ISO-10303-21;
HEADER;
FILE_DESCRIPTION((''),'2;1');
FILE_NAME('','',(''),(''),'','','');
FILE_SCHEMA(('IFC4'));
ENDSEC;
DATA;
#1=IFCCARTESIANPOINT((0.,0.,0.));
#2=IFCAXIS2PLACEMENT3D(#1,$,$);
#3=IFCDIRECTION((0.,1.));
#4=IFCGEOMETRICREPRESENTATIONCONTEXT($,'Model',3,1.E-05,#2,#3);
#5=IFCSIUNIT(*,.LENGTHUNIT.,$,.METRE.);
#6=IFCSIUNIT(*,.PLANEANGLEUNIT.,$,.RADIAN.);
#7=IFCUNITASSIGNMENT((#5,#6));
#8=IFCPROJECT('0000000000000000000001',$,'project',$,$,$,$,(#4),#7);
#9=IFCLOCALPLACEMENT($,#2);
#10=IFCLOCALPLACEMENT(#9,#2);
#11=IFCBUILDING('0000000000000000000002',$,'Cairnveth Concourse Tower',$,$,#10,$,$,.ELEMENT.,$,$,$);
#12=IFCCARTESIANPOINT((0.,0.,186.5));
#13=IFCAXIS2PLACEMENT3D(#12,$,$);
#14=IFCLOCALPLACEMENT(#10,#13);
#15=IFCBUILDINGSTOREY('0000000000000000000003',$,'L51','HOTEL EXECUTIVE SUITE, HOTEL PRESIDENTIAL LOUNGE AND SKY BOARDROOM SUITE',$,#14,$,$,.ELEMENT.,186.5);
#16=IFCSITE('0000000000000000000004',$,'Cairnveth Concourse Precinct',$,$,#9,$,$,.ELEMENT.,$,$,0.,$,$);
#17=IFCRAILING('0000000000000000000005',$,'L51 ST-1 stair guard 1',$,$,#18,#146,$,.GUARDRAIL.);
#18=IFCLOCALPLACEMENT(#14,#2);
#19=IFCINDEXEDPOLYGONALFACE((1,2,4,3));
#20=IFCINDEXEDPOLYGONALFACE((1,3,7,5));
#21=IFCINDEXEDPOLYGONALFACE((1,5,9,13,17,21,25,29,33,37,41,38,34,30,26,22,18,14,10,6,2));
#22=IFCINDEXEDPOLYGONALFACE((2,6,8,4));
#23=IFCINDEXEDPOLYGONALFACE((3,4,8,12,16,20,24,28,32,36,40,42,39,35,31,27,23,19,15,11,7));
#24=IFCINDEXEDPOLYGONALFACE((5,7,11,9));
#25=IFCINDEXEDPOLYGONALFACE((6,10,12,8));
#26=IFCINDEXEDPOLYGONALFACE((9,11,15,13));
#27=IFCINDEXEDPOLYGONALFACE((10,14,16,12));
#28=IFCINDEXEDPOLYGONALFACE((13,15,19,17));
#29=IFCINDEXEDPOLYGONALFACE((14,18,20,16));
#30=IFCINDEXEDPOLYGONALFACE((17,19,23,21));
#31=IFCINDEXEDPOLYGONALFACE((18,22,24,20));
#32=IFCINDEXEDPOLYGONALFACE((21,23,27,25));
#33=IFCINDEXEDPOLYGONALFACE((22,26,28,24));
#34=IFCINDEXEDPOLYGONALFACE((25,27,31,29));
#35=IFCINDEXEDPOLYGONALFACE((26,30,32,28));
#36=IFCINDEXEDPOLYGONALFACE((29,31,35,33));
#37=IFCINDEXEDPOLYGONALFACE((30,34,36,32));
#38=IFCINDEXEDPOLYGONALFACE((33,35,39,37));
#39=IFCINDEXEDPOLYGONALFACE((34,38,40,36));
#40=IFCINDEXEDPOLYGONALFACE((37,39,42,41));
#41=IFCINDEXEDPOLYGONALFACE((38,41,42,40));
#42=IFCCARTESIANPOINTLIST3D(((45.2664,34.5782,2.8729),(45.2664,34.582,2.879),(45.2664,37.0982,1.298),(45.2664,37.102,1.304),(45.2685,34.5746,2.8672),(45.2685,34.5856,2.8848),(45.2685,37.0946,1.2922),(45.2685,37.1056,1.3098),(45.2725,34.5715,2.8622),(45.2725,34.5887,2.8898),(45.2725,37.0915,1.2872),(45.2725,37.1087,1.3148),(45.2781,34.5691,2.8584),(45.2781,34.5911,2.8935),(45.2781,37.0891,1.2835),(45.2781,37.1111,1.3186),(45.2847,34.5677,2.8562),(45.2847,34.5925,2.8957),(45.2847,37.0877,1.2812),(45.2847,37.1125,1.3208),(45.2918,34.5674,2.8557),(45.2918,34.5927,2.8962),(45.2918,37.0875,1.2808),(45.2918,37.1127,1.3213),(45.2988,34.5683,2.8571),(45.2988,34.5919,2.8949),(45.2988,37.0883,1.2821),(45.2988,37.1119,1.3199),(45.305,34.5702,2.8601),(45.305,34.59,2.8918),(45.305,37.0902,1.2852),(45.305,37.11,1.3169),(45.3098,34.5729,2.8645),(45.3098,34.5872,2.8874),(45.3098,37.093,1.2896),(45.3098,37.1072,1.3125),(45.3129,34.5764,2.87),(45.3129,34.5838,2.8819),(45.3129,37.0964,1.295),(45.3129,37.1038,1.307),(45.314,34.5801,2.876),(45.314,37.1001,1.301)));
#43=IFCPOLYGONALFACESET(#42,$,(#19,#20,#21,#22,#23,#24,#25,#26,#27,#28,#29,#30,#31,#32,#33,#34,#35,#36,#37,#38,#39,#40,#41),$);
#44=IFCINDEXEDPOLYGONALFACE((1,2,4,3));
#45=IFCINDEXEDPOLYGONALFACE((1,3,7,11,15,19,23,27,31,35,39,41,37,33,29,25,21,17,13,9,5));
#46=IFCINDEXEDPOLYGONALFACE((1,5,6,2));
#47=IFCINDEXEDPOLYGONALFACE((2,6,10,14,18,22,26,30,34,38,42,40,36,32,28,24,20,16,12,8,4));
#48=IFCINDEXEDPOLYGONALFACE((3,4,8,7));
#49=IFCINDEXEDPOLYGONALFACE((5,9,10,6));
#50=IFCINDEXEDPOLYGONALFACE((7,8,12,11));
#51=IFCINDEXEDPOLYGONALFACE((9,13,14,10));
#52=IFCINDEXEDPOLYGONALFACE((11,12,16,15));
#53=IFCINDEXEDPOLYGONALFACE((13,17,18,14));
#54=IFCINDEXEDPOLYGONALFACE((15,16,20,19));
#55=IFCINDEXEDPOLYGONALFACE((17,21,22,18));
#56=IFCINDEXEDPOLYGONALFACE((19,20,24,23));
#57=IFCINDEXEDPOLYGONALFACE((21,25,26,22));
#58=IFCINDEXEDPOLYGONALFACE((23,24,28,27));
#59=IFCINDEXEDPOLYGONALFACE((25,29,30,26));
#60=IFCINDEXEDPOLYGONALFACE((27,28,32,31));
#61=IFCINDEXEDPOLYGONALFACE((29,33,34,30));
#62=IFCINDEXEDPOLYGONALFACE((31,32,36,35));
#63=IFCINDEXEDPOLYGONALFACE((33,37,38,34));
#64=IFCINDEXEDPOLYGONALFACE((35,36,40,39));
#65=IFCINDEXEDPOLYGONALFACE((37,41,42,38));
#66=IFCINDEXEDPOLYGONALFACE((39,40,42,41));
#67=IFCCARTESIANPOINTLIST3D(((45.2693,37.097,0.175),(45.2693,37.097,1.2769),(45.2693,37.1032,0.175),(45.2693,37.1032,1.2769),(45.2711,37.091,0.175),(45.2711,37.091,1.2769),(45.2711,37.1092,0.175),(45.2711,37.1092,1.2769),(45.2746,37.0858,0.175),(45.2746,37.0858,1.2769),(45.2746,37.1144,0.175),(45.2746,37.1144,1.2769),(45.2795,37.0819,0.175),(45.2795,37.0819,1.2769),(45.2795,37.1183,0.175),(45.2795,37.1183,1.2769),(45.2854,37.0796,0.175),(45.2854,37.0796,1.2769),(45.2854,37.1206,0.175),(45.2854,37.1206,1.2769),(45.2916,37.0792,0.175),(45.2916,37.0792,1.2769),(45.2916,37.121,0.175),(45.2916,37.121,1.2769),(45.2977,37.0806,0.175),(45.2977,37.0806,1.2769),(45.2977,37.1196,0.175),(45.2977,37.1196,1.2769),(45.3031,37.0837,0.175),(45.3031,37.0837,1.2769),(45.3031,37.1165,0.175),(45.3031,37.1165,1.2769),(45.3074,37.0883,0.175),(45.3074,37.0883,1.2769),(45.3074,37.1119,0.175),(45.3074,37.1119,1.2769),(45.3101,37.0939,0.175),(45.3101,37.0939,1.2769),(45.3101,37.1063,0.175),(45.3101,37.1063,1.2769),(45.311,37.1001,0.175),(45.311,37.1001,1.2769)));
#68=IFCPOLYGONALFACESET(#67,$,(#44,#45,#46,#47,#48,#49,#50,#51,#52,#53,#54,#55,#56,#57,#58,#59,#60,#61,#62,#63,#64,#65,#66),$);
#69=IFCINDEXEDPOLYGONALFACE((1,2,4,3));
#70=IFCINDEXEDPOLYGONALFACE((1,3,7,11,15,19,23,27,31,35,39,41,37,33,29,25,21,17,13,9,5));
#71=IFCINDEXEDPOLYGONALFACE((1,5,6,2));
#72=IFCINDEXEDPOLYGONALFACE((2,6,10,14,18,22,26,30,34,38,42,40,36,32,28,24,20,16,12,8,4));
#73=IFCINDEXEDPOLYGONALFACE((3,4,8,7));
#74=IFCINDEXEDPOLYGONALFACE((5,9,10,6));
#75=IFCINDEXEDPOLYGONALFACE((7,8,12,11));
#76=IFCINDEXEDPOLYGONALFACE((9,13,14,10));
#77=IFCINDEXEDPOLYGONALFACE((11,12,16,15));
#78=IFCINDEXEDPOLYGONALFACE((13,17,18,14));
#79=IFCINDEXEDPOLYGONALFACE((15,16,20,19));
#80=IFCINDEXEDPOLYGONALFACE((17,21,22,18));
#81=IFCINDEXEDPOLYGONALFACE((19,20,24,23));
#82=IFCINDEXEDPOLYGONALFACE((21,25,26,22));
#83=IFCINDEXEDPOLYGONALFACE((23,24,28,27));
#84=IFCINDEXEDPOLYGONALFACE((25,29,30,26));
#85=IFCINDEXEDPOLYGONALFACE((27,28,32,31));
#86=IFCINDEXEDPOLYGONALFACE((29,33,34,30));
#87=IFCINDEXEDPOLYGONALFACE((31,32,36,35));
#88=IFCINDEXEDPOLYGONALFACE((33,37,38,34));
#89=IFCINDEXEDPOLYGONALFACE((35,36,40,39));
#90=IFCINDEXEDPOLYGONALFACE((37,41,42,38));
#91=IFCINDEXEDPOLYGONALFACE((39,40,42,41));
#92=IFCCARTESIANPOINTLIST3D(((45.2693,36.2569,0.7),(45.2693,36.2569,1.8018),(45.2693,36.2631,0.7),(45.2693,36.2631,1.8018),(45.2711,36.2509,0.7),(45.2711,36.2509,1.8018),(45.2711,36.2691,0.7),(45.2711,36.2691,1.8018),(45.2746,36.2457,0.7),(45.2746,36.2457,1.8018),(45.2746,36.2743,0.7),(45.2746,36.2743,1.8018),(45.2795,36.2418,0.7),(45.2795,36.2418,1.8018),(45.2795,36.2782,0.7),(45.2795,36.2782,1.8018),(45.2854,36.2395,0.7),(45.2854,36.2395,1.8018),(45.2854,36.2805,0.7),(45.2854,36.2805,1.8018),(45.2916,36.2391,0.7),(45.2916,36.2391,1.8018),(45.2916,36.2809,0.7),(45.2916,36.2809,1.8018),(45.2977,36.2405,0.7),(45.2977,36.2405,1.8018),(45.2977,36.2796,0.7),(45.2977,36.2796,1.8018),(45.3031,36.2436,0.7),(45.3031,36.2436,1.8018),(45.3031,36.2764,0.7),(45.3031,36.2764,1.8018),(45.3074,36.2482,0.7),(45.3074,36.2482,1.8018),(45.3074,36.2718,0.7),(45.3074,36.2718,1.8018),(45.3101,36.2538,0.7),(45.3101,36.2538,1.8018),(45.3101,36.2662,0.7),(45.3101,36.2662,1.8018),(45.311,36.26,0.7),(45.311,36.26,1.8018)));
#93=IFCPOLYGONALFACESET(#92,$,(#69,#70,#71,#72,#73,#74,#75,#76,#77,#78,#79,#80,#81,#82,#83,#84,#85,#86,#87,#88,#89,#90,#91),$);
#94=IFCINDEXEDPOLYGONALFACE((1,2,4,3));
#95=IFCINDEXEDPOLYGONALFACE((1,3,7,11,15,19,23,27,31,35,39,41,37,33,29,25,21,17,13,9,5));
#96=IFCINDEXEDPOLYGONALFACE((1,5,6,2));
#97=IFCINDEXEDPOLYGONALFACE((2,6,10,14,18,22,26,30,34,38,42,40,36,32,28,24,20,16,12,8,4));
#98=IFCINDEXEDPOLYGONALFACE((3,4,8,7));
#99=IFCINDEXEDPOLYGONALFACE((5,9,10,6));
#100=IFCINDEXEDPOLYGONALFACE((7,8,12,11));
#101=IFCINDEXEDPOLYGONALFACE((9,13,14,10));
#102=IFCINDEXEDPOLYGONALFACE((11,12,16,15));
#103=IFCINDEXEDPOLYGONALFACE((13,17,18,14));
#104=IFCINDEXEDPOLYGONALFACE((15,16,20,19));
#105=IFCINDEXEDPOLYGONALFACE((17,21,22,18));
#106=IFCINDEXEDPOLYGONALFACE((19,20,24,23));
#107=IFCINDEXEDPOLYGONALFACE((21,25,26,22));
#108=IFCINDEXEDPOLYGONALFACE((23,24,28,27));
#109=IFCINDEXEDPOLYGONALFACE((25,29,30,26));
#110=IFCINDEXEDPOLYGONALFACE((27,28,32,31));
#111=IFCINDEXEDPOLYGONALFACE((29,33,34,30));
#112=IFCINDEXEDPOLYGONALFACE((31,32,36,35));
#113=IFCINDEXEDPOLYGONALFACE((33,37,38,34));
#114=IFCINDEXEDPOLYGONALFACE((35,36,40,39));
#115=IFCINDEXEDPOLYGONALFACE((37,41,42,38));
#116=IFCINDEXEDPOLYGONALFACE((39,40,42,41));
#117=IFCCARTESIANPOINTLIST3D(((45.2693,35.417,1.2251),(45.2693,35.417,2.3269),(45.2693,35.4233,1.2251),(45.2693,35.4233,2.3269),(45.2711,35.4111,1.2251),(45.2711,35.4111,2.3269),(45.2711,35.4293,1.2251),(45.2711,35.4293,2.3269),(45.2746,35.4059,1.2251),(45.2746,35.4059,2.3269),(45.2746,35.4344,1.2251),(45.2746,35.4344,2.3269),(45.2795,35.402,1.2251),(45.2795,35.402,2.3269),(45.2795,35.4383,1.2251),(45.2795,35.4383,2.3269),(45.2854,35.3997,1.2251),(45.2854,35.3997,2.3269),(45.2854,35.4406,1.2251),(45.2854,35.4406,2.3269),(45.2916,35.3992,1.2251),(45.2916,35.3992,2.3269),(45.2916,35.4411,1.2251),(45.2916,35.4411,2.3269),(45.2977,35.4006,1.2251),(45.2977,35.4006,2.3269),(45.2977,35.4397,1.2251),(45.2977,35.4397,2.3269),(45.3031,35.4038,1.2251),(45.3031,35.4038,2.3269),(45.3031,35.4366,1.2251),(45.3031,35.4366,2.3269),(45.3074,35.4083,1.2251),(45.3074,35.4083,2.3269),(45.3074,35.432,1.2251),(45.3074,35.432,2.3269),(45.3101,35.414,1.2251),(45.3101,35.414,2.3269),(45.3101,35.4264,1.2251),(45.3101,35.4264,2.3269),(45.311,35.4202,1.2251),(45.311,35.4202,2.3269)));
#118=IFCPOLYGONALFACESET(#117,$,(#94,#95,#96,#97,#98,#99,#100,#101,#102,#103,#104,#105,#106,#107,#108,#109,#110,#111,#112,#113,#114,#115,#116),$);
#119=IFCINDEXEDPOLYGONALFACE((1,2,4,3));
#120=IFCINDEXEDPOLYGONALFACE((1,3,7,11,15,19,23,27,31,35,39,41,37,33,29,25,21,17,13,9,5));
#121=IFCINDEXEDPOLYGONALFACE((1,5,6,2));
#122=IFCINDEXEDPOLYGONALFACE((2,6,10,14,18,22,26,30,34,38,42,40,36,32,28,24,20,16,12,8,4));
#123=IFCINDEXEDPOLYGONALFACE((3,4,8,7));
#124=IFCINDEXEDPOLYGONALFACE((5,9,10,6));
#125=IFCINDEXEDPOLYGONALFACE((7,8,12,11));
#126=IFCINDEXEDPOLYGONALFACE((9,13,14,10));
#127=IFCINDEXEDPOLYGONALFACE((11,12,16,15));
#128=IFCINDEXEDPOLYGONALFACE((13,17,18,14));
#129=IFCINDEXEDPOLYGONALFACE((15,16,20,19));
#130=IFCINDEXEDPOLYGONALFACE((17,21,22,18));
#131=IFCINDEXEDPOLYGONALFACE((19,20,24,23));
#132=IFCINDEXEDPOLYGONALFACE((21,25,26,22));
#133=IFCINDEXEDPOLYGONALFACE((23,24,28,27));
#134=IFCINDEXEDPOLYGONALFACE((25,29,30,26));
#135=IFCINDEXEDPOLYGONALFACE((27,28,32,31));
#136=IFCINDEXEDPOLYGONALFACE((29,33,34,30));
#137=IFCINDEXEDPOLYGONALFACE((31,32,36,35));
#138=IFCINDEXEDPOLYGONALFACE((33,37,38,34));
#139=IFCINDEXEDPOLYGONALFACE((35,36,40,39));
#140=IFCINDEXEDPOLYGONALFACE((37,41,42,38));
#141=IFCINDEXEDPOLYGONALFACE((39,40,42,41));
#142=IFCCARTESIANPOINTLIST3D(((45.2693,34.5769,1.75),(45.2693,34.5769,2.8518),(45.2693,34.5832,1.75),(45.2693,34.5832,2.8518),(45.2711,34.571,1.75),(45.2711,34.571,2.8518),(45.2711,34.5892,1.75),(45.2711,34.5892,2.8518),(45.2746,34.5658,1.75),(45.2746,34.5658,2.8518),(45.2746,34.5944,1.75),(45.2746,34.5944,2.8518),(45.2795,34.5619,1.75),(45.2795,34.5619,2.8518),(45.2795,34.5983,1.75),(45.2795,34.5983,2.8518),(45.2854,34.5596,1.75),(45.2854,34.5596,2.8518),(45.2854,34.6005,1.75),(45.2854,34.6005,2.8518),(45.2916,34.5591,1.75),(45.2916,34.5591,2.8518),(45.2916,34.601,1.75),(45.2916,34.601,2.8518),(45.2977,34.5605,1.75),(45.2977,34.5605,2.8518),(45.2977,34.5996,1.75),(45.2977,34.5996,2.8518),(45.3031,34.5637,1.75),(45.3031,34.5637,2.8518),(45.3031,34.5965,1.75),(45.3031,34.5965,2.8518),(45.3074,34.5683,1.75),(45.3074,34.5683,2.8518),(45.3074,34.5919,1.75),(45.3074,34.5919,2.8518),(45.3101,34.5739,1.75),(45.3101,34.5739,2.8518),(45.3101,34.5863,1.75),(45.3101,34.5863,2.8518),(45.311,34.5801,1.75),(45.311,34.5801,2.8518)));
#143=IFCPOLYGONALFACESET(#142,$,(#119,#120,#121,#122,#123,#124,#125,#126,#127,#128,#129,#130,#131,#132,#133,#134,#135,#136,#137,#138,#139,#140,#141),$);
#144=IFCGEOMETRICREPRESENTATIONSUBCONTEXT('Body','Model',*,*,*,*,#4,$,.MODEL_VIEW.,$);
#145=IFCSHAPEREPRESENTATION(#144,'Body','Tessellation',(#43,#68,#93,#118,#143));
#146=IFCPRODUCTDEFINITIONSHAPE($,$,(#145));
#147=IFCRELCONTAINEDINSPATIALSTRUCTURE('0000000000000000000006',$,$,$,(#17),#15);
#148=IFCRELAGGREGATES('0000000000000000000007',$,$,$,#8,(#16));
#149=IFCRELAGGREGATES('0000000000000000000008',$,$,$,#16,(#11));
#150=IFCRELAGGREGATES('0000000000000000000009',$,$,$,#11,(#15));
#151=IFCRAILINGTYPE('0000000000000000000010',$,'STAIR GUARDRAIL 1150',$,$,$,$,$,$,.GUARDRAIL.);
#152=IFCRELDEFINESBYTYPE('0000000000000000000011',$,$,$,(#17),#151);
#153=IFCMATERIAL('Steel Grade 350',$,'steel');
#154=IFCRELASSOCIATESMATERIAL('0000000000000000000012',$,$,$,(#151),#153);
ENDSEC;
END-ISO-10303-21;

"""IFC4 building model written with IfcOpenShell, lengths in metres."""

from ifc_helpers import new_model, si_unit, direction, frame, origin, origin_2d, place, context, subcontext, project, spatial, circle, extrude, material, type_object, element, save


model = new_model("IFC4")

# Units and contexts
model_context = context("Model", 3, precision=1e-05, world=origin(), true_north=direction((0.0, 1.0)))
body_context = subcontext(model_context, "Body", "Model", "MODEL_VIEW")
ifc_project = project(units=[si_unit("LENGTHUNIT", "METRE"), si_unit("PLANEANGLEUNIT", "RADIAN")], contexts=[model_context])

# Site, building, storey
site_placement = place(None, origin())
site = spatial("IfcSite", under=ifc_project, at=site_placement, Name="Cairnveth Concourse Precinct", CompositionType="ELEMENT", RefElevation=0.0)
building_placement = place(site_placement, origin())
building = spatial("IfcBuilding", under=site, at=building_placement, Name="Cairnveth Concourse Tower", CompositionType="ELEMENT")
storey_placement = place(building_placement, frame((0.0, 0.0, 186.5)))
storey = spatial("IfcBuildingStorey", under=building, at=storey_placement, Name="L51", Description="HOTEL EXECUTIVE SUITE, HOTEL PRESIDENTIAL LOUNGE AND SKY BOARDROOM SUITE", CompositionType="ELEMENT", Elevation=186.5)

# Shared definitions
ifc_material_1 = material(Name="Steel Grade 350", Category="steel")

# Railing
railing_type_1 = type_object("IfcRailingType", Name="STAIR GUARDRAIL 1150", PredefinedType="GUARDRAIL", material=ifc_material_1)
railing_1_placement = place(storey_placement, frame((45.29, 37.1001, 0.175)))
element("IfcRailing", 1, at=railing_1_placement, inside=storey, type_object=railing_type_1, Name="L51 ST-1 stair guard 1", PredefinedType="GUARDRAIL", context=body_context, shape_type="SweptSolid", body=[
    extrude(circle(Radius=0.0239, at=origin_2d()), frame((0.0, 0.0, 1.126), z_axis=(0.0, -0.848008, 0.529984), x_axis=(1.0, 0.0, 0.0)), (0.0, 0.0, 1.0), 2.9717),
    extrude(circle(Radius=0.021, at=origin_2d()), origin(), (0.0, 0.0, 1.0), 1.1018),
    extrude(circle(Radius=0.021, at=origin_2d()), frame((0.0, -0.8401, 0.5249)), (0.0, 0.0, 1.0), 1.1018),
    extrude(circle(Radius=0.021, at=origin_2d()), frame((0.0, -1.6799, 1.05)), (0.0, 0.0, 1.0), 1.1018),
    extrude(circle(Radius=0.021, at=origin_2d()), frame((0.0, -2.52, 1.575)), (0.0, 0.0, 1.0), 1.1018),
])

save(model, "model.ifc")
